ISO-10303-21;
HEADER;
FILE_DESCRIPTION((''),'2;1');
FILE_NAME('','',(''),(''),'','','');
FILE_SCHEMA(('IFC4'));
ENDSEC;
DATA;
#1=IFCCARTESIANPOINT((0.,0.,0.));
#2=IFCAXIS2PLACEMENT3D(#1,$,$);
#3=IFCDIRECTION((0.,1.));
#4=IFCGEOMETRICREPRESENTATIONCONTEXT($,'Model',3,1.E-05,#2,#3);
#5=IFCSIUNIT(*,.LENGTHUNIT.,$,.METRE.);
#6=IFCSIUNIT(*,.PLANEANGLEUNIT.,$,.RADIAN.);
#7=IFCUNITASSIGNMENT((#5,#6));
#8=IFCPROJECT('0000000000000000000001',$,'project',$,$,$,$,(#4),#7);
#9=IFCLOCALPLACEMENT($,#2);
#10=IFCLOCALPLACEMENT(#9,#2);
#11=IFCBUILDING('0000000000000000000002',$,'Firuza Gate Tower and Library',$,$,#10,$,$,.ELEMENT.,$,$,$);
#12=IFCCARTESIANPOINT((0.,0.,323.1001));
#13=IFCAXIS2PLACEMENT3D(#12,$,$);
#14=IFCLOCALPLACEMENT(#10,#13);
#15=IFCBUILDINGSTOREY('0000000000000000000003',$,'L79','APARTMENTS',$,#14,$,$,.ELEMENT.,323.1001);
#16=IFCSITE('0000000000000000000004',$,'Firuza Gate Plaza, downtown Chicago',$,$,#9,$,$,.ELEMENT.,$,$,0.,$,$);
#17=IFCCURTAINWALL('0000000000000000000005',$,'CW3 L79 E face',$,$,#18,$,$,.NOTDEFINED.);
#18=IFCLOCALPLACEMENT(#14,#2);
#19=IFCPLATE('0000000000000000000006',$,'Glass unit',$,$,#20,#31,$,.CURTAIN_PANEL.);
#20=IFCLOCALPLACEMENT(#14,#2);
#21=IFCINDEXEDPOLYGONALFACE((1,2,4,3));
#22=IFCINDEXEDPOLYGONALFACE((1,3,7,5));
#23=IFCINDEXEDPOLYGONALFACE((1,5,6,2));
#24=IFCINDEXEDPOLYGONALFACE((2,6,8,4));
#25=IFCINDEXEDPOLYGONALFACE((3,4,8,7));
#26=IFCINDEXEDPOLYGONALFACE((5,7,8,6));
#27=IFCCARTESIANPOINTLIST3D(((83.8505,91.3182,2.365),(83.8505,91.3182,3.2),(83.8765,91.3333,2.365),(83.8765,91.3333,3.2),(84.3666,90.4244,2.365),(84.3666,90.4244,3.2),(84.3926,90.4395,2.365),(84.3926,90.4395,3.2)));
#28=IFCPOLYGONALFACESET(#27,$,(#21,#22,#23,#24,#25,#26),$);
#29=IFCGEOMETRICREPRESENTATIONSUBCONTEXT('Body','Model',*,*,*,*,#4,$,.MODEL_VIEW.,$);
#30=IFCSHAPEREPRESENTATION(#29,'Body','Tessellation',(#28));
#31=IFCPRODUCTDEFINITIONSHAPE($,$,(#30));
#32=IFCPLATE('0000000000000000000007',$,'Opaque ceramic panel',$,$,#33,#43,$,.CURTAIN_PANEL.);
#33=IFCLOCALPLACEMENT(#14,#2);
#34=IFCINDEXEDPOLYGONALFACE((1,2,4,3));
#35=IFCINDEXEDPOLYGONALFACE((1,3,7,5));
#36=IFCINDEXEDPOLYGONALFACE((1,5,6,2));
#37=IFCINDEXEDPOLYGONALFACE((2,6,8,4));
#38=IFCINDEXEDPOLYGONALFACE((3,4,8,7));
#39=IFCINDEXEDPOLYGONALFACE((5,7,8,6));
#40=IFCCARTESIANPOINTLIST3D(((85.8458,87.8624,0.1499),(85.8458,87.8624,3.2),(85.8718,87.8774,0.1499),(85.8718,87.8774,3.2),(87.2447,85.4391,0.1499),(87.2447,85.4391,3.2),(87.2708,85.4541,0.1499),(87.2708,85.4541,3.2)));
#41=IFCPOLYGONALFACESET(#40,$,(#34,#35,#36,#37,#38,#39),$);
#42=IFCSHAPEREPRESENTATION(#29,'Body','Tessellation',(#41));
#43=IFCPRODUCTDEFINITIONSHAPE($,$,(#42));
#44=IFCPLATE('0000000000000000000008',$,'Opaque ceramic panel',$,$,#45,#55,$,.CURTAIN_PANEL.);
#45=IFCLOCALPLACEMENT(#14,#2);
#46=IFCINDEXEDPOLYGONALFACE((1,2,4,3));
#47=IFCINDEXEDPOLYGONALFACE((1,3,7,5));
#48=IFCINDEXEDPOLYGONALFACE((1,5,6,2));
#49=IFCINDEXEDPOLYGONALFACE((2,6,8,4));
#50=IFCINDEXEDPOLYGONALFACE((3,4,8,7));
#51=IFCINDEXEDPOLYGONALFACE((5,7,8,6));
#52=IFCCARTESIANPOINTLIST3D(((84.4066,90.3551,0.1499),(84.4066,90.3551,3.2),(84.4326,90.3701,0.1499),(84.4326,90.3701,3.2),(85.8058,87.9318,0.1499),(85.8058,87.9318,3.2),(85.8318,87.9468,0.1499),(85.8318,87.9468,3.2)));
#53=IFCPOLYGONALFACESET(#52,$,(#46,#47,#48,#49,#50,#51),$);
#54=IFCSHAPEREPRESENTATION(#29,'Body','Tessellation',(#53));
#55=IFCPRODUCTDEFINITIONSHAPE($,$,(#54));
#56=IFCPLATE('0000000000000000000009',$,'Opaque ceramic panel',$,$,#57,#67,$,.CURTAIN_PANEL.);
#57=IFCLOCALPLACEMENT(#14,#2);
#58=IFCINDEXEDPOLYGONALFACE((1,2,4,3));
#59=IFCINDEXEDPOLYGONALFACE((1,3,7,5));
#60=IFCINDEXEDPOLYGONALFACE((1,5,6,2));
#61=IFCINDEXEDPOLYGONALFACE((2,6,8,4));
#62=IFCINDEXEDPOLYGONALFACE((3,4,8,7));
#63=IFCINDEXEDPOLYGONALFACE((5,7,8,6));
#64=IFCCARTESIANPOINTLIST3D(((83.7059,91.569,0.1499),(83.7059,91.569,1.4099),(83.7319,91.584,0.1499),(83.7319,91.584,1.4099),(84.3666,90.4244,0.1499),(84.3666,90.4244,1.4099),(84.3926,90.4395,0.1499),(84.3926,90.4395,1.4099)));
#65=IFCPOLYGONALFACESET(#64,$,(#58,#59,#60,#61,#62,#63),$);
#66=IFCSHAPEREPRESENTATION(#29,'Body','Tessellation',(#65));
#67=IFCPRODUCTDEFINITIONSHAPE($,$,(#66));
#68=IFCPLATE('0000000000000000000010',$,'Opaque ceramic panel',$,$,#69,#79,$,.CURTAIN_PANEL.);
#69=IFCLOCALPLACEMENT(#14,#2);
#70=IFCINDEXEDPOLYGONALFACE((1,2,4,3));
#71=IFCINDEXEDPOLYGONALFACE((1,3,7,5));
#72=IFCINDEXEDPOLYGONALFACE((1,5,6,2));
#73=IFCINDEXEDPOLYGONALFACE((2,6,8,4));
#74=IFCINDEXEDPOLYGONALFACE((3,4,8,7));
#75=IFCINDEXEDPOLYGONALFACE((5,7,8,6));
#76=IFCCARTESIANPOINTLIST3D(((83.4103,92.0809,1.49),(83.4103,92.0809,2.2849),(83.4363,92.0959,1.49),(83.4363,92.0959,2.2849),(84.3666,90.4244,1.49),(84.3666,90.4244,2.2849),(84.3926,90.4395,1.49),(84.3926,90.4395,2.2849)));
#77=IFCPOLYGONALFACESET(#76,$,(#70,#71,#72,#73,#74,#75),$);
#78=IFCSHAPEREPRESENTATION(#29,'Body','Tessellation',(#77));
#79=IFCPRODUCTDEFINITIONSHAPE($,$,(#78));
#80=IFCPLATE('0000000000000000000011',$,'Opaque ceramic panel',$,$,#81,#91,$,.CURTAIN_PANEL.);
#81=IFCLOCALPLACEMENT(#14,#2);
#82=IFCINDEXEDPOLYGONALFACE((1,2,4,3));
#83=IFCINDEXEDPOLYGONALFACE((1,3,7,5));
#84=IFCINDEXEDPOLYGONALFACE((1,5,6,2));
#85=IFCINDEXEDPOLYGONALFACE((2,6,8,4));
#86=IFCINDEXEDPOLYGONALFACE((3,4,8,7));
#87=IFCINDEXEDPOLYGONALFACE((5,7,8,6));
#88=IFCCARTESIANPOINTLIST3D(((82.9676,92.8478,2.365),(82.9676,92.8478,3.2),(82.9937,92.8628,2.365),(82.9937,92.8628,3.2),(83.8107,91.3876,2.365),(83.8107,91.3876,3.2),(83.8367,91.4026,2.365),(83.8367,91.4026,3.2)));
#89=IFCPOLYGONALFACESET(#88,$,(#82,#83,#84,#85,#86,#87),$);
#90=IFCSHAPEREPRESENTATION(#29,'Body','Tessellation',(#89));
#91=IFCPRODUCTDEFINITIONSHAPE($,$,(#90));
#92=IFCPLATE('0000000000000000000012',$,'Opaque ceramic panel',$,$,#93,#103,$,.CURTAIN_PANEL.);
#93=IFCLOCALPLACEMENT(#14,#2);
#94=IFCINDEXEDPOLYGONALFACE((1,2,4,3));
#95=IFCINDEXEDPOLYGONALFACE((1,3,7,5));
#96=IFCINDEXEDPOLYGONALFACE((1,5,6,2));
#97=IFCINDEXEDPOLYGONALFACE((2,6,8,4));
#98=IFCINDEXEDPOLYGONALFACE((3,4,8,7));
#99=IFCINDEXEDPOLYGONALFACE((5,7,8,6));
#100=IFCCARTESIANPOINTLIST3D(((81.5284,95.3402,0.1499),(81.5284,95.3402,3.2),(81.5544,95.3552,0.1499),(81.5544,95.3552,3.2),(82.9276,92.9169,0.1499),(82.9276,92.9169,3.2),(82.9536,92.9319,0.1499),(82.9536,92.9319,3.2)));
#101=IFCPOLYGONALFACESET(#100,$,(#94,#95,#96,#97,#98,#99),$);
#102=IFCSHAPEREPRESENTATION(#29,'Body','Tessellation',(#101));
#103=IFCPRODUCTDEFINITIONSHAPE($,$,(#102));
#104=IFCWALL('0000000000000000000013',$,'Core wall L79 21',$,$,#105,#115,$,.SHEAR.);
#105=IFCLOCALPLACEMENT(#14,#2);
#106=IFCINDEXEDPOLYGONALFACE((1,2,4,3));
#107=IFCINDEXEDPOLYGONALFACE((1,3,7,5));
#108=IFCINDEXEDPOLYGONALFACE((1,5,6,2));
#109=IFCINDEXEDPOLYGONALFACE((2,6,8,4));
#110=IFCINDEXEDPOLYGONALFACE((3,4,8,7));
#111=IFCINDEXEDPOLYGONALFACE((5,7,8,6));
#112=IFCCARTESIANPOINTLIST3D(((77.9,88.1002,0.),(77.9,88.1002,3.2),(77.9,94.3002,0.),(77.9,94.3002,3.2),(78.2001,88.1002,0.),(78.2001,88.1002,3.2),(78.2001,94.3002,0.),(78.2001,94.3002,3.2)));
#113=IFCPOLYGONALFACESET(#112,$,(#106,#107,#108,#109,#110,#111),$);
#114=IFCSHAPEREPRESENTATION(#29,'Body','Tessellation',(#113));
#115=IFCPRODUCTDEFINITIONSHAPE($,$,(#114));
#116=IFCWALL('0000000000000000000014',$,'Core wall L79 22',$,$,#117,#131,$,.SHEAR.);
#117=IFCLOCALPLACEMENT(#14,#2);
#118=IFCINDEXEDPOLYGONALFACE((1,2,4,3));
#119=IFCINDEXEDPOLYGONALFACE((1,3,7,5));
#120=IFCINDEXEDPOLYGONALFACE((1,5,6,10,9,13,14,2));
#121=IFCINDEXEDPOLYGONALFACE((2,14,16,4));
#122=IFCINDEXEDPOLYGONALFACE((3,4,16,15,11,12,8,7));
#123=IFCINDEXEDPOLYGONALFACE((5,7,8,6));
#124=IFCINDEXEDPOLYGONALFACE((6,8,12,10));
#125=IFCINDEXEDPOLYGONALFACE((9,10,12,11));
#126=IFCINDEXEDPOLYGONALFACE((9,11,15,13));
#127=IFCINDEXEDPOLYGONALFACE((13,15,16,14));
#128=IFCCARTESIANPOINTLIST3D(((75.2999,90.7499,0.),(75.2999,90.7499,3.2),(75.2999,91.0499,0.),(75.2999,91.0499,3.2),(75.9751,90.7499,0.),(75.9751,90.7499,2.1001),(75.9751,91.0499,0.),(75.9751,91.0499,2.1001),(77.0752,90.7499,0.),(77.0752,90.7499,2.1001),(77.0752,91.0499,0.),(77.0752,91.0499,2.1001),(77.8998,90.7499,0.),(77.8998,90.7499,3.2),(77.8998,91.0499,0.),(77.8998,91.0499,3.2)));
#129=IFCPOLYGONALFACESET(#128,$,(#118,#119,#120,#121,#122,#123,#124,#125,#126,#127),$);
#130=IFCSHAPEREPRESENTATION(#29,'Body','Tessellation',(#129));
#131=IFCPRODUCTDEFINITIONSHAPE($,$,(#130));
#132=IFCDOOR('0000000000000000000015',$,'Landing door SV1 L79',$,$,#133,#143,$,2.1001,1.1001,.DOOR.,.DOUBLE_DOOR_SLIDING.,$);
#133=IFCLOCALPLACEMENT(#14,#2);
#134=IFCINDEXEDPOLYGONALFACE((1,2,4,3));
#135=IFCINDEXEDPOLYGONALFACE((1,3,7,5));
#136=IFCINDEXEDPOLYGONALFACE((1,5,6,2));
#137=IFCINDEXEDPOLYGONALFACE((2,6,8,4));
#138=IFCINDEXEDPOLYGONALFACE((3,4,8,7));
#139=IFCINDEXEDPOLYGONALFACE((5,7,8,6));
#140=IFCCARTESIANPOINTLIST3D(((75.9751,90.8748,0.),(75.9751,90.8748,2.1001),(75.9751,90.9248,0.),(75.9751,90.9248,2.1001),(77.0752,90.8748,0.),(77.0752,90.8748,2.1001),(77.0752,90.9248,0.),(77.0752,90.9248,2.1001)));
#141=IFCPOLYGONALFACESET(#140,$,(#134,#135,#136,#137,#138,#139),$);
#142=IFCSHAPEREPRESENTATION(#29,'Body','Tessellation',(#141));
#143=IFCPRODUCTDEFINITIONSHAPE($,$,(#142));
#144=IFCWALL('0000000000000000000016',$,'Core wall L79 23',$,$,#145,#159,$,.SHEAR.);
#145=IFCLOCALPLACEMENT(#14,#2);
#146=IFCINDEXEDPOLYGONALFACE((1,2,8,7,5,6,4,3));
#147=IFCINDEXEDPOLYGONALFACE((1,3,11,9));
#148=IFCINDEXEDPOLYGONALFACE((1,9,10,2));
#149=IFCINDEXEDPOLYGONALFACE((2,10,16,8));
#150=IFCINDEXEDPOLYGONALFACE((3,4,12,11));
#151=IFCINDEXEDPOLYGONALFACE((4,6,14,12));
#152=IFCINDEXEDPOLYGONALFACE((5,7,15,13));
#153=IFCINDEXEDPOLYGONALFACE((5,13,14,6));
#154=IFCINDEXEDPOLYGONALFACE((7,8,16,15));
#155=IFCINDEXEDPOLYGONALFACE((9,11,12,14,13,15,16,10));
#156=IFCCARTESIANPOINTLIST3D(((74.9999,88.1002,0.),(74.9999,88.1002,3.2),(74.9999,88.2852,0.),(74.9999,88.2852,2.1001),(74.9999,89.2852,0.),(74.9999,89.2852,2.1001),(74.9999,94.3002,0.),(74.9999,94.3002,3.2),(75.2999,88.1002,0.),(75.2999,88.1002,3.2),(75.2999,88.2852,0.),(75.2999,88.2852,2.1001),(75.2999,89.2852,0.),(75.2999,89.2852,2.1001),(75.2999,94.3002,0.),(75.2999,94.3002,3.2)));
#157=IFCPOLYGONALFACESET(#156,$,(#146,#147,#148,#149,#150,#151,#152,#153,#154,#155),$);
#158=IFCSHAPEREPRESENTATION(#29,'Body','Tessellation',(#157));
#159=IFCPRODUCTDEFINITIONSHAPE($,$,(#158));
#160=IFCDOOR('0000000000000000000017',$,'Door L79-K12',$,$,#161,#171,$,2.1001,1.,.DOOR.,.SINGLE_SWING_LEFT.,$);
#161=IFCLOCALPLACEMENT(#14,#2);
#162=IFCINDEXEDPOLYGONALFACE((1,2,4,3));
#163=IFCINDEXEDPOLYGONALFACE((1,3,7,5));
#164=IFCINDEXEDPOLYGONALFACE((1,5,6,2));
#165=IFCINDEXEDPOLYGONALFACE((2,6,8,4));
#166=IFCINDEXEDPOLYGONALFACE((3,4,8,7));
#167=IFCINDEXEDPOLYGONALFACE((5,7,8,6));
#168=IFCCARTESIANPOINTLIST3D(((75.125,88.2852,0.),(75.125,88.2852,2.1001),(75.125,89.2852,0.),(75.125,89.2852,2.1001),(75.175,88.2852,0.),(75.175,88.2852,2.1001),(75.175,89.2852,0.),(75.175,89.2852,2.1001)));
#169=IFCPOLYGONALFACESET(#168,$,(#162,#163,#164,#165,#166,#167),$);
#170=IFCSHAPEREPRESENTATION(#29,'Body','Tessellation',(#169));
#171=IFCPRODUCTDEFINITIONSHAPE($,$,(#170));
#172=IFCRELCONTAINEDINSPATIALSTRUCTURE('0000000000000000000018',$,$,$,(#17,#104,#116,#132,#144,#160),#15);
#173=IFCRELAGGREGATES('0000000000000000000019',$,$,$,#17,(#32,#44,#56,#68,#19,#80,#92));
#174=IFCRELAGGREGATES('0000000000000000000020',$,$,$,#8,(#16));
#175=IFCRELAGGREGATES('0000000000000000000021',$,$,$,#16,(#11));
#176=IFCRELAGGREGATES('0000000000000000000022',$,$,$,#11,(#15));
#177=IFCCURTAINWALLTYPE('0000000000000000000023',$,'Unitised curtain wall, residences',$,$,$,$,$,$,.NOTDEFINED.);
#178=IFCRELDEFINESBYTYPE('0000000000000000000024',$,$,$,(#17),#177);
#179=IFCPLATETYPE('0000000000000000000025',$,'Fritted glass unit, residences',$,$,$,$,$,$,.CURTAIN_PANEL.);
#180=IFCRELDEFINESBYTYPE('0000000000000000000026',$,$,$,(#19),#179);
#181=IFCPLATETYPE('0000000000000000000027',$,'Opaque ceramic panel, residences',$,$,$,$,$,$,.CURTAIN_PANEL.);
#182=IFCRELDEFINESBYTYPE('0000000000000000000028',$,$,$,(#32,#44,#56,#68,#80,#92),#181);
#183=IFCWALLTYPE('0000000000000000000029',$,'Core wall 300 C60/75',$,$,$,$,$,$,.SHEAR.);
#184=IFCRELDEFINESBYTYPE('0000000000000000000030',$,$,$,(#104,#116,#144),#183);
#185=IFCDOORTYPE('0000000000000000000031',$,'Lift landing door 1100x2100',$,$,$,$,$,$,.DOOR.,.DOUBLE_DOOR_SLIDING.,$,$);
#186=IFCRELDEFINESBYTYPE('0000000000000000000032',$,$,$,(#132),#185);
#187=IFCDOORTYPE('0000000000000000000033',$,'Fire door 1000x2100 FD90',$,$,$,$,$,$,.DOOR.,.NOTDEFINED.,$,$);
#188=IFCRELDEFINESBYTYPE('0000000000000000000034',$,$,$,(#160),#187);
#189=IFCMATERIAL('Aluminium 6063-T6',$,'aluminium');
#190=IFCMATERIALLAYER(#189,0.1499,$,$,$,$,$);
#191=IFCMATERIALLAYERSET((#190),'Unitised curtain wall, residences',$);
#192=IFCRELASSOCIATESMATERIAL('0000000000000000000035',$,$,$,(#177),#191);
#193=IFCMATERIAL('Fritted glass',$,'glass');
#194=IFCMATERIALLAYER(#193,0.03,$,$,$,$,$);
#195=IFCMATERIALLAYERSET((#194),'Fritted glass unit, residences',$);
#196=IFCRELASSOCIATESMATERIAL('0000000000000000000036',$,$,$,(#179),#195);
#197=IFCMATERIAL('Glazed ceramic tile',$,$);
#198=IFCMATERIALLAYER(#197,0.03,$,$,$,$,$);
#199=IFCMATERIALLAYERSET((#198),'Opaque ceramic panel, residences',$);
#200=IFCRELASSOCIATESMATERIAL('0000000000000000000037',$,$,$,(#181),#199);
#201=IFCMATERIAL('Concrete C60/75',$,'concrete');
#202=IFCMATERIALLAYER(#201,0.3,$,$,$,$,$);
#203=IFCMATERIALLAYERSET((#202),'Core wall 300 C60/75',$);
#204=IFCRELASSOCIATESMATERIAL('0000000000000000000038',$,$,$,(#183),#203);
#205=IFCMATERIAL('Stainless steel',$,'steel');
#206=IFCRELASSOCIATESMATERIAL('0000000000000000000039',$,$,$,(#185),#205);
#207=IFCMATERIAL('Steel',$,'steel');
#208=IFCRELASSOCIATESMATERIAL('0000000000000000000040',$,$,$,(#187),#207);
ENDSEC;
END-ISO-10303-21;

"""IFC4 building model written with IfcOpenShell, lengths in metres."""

from ifc_helpers import new_model, si_unit, direction, frame, frame_2d, origin, place, context, subcontext, project, spatial, polyline, rectangle, outline, extrude, material, layer, layer_set, type_object, element, fill, aggregate, save


model = new_model("IFC4")

# Units and contexts
model_context = context("Model", 3, precision=1e-05, world=origin(), true_north=direction((0.0, 1.0)))
body_context = subcontext(model_context, "Body", "Model", "MODEL_VIEW")
ifc_project = project(units=[si_unit("LENGTHUNIT", "METRE"), si_unit("PLANEANGLEUNIT", "RADIAN")], contexts=[model_context])

# Site, building, storey
site_placement = place(None, origin())
site = spatial("IfcSite", under=ifc_project, at=site_placement, Name="Firuza Gate Plaza, downtown Chicago", CompositionType="ELEMENT", RefElevation=0.0)
building_placement = place(site_placement, origin())
building = spatial("IfcBuilding", under=site, at=building_placement, Name="Firuza Gate Tower and Library", CompositionType="ELEMENT")
storey_placement = place(building_placement, frame((0.0, 0.0, 323.1001)))
storey = spatial("IfcBuildingStorey", under=building, at=storey_placement, Name="L79", Description="APARTMENTS", CompositionType="ELEMENT", Elevation=323.1001)

# Curtain wall
ifc_material_1 = material(Name="Aluminium 6063-T6", Category="aluminium")
ifc_layer_1 = layer(ifc_material_1, 0.1499)
ifc_layer_set_1 = layer_set([ifc_layer_1], Name="Unitised curtain wall, residences")
curtain_wall_type = type_object("IfcCurtainWallType", Name="Unitised curtain wall, residences", PredefinedType="NOTDEFINED", material=ifc_layer_set_1)
curtain_wall_placement = place(storey_placement, origin())
curtain_wall = element("IfcCurtainWall", 1, at=curtain_wall_placement, inside=storey, type_object=curtain_wall_type, Name="CW3 L79 E face", PredefinedType="NOTDEFINED")

# Plates
ifc_material_2 = material(Name="Fritted glass", Category="glass")
ifc_layer_2 = layer(ifc_material_2, 0.03)
ifc_layer_set_2 = layer_set([ifc_layer_2], Name="Fritted glass unit, residences")
plate_type_1 = type_object("IfcPlateType", Name="Fritted glass unit, residences", PredefinedType="CURTAIN_PANEL", material=ifc_layer_set_2)
plate_1_placement = place(storey_placement, frame((84.3926, 90.4395, 2.365), z_axis=(0.865993, 0.500057, 0.0), x_axis=(-0.500057, 0.865993, 0.0)))
plate_1 = element("IfcPlate", 2, at=plate_1_placement, type_object=plate_type_1, Name="Glass unit", PredefinedType="CURTAIN_PANEL", context=body_context, shape_type="SweptSolid", body=[
    extrude(outline(polyline([(0.0, 0.0), (1.0321, 0.0), (1.0321, 0.835), (0.0, 0.835), (0.0, 0.0)])), origin(), (0.0, 0.0, -1.0), 0.03),
])
ifc_material_3 = material(Name="Glazed ceramic tile")
ifc_layer_3 = layer(ifc_material_3, 0.03)
ifc_layer_set_3 = layer_set([ifc_layer_3], Name="Opaque ceramic panel, residences")
plate_type_2 = type_object("IfcPlateType", Name="Opaque ceramic panel, residences", PredefinedType="CURTAIN_PANEL", material=ifc_layer_set_3)
plate_2_placement = place(storey_placement, frame((87.2708, 85.4541, 0.1499), z_axis=(0.866055, 0.499949, 0.0), x_axis=(-0.499949, 0.866055, 0.0)))
plate_2 = element("IfcPlate", 3, at=plate_2_placement, type_object=plate_type_2, Name="Opaque ceramic panel", PredefinedType="CURTAIN_PANEL", context=body_context, shape_type="SweptSolid", body=[
    extrude(outline(polyline([(0.0, 0.0), (2.7981, 0.0), (2.7981, 3.05), (0.0, 3.05), (0.0, 0.0)])), origin(), (0.0, 0.0, -1.0), 0.03),
])
plate_3_placement = place(storey_placement, frame((85.8318, 87.9468, 0.1499), z_axis=(0.866017, 0.500014, 0.0), x_axis=(-0.500014, 0.866017, 0.0)))
plate_3 = element("IfcPlate", 4, at=plate_3_placement, type_object=plate_type_2, Name="Opaque ceramic panel", PredefinedType="CURTAIN_PANEL", context=body_context, shape_type="SweptSolid", body=[
    extrude(outline(polyline([(0.0, 0.0), (2.7983, 0.0), (2.7983, 3.05), (0.0, 3.05), (0.0, 0.0)])), origin(), (0.0, 0.0, -1.0), 0.03),
])
plate_4_placement = place(storey_placement, frame((84.3926, 90.4395, 0.1499), z_axis=(0.866075, 0.499914, 0.0), x_axis=(-0.499914, 0.866075, 0.0)))
plate_4 = element("IfcPlate", 5, at=plate_4_placement, type_object=plate_type_2, Name="Opaque ceramic panel", PredefinedType="CURTAIN_PANEL", context=body_context, shape_type="SweptSolid", body=[
    extrude(outline(polyline([(0.0, 0.0), (1.3215, 0.0), (1.3215, 1.26), (0.0, 1.26), (0.0, 0.0)])), origin(), (0.0, 0.0, -1.0), 0.03),
])
plate_5_placement = place(storey_placement, frame((84.3926, 90.4395, 1.49), z_axis=(0.866043, 0.499969, 0.0), x_axis=(-0.499969, 0.866043, 0.0)))
plate_5 = element("IfcPlate", 6, at=plate_5_placement, type_object=plate_type_2, Name="Opaque ceramic panel", PredefinedType="CURTAIN_PANEL", context=body_context, shape_type="SweptSolid", body=[
    extrude(outline(polyline([(0.0, 0.0), (1.9127, 0.0), (1.9127, 0.7949), (0.0, 0.7949), (0.0, 0.0)])), origin(), (0.0, 0.0, -1.0), 0.03),
])
plate_6_placement = place(storey_placement, frame((83.8367, 91.4026, 2.365), z_axis=(0.866034, 0.499986, 0.0), x_axis=(-0.499986, 0.866034, 0.0)))
plate_6 = element("IfcPlate", 7, at=plate_6_placement, type_object=plate_type_2, Name="Opaque ceramic panel", PredefinedType="CURTAIN_PANEL", context=body_context, shape_type="SweptSolid", body=[
    extrude(outline(polyline([(0.0, 0.0), (1.6861, 0.0), (1.6861, 0.835), (0.0, 0.835), (0.0, 0.0)])), origin(), (0.0, 0.0, -1.0), 0.03),
])
plate_7_placement = place(storey_placement, frame((82.9536, 92.9319, 0.1499), z_axis=(0.866017, 0.500014, 0.0), x_axis=(-0.500014, 0.866017, 0.0)))
plate_7 = element("IfcPlate", 8, at=plate_7_placement, type_object=plate_type_2, Name="Opaque ceramic panel", PredefinedType="CURTAIN_PANEL", context=body_context, shape_type="SweptSolid", body=[
    extrude(outline(polyline([(0.0, 0.0), (2.7983, 0.0), (2.7983, 3.05), (0.0, 3.05), (0.0, 0.0)])), origin(), (0.0, 0.0, -1.0), 0.03),
])
aggregate(curtain_wall, [plate_2, plate_3, plate_4, plate_5, plate_1, plate_6, plate_7])

# Wall
ifc_material_4 = material(Name="Concrete C60/75", Category="concrete")
ifc_layer_4 = layer(ifc_material_4, 0.3)
ifc_layer_set_4 = layer_set([ifc_layer_4], Name="Core wall 300 C60/75")
wall_type_1 = type_object("IfcWallType", Name="Core wall 300 C60/75", PredefinedType="SHEAR", material=ifc_layer_set_4)
wall_1_placement = place(storey_placement, frame((78.05, 88.1001, 0.0), z_axis=(0.0, 0.0, 1.0), x_axis=(0.0, 1.0, 0.0)))
element("IfcWall", 9, at=wall_1_placement, inside=storey, type_object=wall_type_1, Name="Core wall L79 21", PredefinedType="SHEAR", context=body_context, shape_type="SweptSolid", body=[
    extrude(rectangle(XDim=6.2, YDim=0.3, at=frame_2d((3.1001, 0.0))), origin(), (0.0, 0.0, 1.0), 3.2),
])

# Walls, openings, doors
wall_2_placement = place(storey_placement, frame((75.3, 90.8999, 0.0), z_axis=(0.0, 0.0, 1.0), x_axis=(1.0, 0.0, 0.0)))
wall_2 = element("IfcWall", 10, at=wall_2_placement, inside=storey, type_object=wall_type_1, Name="Core wall L79 22", PredefinedType="SHEAR", context=body_context, shape_type="SweptSolid", body=[
    extrude(rectangle(XDim=2.5999, YDim=0.3, at=frame_2d((1.2998, 0.0))), origin(), (0.0, 0.0, 1.0), 3.2),
])
opening_1_placement = place(wall_2_placement, frame((0.675, 0.0, 0.0)))
opening_1 = element("IfcOpeningElement", 11, at=opening_1_placement, cuts=wall_2, PredefinedType="OPENING", context=body_context, shape_type="SweptSolid", body=[
    extrude(rectangle(XDim=1.1001, YDim=2.1001, at=frame_2d((0.55, 1.05))), frame((0.0, 0.1602, 0.0), z_axis=(0.0, -1.0, 0.0), x_axis=(1.0, 0.0, 0.0)), (0.0, 0.0, 1.0), 0.3201),
])
ifc_material_5 = material(Name="Stainless steel", Category="steel")
door_type_1 = type_object("IfcDoorType", Name="Lift landing door 1100x2100", OperationType="DOUBLE_DOOR_SLIDING", PredefinedType="DOOR", material=ifc_material_5)
door_1_placement = place(opening_1_placement, origin())
door_1 = element("IfcDoor", 12, at=door_1_placement, inside=storey, type_object=door_type_1, Name="Landing door SV1 L79", OperationType="DOUBLE_DOOR_SLIDING", OverallHeight=2.1001, OverallWidth=1.1001, PredefinedType="DOOR", context=body_context, shape_type="SweptSolid", body=[
    extrude(rectangle(XDim=1.1001, YDim=2.1001, at=frame_2d((0.55, 1.05))), frame((0.0, 0.0249, 0.0), z_axis=(0.0, -1.0, 0.0), x_axis=(1.0, 0.0, 0.0)), (0.0, 0.0, 1.0), 0.05),
])
fill(opening_1, door_1)
wall_3_placement = place(storey_placement, frame((75.1499, 88.1001, 0.0), z_axis=(0.0, 0.0, 1.0), x_axis=(0.0, 1.0, 0.0)))
wall_3 = element("IfcWall", 13, at=wall_3_placement, inside=storey, type_object=wall_type_1, Name="Core wall L79 23", PredefinedType="SHEAR", context=body_context, shape_type="SweptSolid", body=[
    extrude(rectangle(XDim=6.2, YDim=0.3, at=frame_2d((3.1001, 0.0))), origin(), (0.0, 0.0, 1.0), 3.2),
])
opening_2_placement = place(wall_3_placement, frame((0.1851, 0.0, 0.0)))
opening_2 = element("IfcOpeningElement", 14, at=opening_2_placement, cuts=wall_3, PredefinedType="OPENING", context=body_context, shape_type="SweptSolid", body=[
    extrude(rectangle(XDim=1.0, YDim=2.1001, at=frame_2d((0.5, 1.05))), frame((0.0, 0.1602, 0.0), z_axis=(0.0, -1.0, 0.0), x_axis=(1.0, 0.0, 0.0)), (0.0, 0.0, 1.0), 0.3201),
])
ifc_material_6 = material(Name="Steel", Category="steel")
door_type_2 = type_object("IfcDoorType", Name="Fire door 1000x2100 FD90", OperationType="NOTDEFINED", PredefinedType="DOOR", material=ifc_material_6)
door_2_placement = place(opening_2_placement, origin())
door_2 = element("IfcDoor", 15, at=door_2_placement, inside=storey, type_object=door_type_2, Name="Door L79-K12", OperationType="SINGLE_SWING_LEFT", OverallHeight=2.1001, OverallWidth=1.0, PredefinedType="DOOR", context=body_context, shape_type="SweptSolid", body=[
    extrude(rectangle(XDim=1.0, YDim=2.1001, at=frame_2d((0.5, 1.05))), frame((0.0, 0.0249, 0.0), z_axis=(0.0, -1.0, 0.0), x_axis=(1.0, 0.0, 0.0)), (0.0, 0.0, 1.0), 0.05),
])
fill(opening_2, door_2)

save(model, "model.ifc")
